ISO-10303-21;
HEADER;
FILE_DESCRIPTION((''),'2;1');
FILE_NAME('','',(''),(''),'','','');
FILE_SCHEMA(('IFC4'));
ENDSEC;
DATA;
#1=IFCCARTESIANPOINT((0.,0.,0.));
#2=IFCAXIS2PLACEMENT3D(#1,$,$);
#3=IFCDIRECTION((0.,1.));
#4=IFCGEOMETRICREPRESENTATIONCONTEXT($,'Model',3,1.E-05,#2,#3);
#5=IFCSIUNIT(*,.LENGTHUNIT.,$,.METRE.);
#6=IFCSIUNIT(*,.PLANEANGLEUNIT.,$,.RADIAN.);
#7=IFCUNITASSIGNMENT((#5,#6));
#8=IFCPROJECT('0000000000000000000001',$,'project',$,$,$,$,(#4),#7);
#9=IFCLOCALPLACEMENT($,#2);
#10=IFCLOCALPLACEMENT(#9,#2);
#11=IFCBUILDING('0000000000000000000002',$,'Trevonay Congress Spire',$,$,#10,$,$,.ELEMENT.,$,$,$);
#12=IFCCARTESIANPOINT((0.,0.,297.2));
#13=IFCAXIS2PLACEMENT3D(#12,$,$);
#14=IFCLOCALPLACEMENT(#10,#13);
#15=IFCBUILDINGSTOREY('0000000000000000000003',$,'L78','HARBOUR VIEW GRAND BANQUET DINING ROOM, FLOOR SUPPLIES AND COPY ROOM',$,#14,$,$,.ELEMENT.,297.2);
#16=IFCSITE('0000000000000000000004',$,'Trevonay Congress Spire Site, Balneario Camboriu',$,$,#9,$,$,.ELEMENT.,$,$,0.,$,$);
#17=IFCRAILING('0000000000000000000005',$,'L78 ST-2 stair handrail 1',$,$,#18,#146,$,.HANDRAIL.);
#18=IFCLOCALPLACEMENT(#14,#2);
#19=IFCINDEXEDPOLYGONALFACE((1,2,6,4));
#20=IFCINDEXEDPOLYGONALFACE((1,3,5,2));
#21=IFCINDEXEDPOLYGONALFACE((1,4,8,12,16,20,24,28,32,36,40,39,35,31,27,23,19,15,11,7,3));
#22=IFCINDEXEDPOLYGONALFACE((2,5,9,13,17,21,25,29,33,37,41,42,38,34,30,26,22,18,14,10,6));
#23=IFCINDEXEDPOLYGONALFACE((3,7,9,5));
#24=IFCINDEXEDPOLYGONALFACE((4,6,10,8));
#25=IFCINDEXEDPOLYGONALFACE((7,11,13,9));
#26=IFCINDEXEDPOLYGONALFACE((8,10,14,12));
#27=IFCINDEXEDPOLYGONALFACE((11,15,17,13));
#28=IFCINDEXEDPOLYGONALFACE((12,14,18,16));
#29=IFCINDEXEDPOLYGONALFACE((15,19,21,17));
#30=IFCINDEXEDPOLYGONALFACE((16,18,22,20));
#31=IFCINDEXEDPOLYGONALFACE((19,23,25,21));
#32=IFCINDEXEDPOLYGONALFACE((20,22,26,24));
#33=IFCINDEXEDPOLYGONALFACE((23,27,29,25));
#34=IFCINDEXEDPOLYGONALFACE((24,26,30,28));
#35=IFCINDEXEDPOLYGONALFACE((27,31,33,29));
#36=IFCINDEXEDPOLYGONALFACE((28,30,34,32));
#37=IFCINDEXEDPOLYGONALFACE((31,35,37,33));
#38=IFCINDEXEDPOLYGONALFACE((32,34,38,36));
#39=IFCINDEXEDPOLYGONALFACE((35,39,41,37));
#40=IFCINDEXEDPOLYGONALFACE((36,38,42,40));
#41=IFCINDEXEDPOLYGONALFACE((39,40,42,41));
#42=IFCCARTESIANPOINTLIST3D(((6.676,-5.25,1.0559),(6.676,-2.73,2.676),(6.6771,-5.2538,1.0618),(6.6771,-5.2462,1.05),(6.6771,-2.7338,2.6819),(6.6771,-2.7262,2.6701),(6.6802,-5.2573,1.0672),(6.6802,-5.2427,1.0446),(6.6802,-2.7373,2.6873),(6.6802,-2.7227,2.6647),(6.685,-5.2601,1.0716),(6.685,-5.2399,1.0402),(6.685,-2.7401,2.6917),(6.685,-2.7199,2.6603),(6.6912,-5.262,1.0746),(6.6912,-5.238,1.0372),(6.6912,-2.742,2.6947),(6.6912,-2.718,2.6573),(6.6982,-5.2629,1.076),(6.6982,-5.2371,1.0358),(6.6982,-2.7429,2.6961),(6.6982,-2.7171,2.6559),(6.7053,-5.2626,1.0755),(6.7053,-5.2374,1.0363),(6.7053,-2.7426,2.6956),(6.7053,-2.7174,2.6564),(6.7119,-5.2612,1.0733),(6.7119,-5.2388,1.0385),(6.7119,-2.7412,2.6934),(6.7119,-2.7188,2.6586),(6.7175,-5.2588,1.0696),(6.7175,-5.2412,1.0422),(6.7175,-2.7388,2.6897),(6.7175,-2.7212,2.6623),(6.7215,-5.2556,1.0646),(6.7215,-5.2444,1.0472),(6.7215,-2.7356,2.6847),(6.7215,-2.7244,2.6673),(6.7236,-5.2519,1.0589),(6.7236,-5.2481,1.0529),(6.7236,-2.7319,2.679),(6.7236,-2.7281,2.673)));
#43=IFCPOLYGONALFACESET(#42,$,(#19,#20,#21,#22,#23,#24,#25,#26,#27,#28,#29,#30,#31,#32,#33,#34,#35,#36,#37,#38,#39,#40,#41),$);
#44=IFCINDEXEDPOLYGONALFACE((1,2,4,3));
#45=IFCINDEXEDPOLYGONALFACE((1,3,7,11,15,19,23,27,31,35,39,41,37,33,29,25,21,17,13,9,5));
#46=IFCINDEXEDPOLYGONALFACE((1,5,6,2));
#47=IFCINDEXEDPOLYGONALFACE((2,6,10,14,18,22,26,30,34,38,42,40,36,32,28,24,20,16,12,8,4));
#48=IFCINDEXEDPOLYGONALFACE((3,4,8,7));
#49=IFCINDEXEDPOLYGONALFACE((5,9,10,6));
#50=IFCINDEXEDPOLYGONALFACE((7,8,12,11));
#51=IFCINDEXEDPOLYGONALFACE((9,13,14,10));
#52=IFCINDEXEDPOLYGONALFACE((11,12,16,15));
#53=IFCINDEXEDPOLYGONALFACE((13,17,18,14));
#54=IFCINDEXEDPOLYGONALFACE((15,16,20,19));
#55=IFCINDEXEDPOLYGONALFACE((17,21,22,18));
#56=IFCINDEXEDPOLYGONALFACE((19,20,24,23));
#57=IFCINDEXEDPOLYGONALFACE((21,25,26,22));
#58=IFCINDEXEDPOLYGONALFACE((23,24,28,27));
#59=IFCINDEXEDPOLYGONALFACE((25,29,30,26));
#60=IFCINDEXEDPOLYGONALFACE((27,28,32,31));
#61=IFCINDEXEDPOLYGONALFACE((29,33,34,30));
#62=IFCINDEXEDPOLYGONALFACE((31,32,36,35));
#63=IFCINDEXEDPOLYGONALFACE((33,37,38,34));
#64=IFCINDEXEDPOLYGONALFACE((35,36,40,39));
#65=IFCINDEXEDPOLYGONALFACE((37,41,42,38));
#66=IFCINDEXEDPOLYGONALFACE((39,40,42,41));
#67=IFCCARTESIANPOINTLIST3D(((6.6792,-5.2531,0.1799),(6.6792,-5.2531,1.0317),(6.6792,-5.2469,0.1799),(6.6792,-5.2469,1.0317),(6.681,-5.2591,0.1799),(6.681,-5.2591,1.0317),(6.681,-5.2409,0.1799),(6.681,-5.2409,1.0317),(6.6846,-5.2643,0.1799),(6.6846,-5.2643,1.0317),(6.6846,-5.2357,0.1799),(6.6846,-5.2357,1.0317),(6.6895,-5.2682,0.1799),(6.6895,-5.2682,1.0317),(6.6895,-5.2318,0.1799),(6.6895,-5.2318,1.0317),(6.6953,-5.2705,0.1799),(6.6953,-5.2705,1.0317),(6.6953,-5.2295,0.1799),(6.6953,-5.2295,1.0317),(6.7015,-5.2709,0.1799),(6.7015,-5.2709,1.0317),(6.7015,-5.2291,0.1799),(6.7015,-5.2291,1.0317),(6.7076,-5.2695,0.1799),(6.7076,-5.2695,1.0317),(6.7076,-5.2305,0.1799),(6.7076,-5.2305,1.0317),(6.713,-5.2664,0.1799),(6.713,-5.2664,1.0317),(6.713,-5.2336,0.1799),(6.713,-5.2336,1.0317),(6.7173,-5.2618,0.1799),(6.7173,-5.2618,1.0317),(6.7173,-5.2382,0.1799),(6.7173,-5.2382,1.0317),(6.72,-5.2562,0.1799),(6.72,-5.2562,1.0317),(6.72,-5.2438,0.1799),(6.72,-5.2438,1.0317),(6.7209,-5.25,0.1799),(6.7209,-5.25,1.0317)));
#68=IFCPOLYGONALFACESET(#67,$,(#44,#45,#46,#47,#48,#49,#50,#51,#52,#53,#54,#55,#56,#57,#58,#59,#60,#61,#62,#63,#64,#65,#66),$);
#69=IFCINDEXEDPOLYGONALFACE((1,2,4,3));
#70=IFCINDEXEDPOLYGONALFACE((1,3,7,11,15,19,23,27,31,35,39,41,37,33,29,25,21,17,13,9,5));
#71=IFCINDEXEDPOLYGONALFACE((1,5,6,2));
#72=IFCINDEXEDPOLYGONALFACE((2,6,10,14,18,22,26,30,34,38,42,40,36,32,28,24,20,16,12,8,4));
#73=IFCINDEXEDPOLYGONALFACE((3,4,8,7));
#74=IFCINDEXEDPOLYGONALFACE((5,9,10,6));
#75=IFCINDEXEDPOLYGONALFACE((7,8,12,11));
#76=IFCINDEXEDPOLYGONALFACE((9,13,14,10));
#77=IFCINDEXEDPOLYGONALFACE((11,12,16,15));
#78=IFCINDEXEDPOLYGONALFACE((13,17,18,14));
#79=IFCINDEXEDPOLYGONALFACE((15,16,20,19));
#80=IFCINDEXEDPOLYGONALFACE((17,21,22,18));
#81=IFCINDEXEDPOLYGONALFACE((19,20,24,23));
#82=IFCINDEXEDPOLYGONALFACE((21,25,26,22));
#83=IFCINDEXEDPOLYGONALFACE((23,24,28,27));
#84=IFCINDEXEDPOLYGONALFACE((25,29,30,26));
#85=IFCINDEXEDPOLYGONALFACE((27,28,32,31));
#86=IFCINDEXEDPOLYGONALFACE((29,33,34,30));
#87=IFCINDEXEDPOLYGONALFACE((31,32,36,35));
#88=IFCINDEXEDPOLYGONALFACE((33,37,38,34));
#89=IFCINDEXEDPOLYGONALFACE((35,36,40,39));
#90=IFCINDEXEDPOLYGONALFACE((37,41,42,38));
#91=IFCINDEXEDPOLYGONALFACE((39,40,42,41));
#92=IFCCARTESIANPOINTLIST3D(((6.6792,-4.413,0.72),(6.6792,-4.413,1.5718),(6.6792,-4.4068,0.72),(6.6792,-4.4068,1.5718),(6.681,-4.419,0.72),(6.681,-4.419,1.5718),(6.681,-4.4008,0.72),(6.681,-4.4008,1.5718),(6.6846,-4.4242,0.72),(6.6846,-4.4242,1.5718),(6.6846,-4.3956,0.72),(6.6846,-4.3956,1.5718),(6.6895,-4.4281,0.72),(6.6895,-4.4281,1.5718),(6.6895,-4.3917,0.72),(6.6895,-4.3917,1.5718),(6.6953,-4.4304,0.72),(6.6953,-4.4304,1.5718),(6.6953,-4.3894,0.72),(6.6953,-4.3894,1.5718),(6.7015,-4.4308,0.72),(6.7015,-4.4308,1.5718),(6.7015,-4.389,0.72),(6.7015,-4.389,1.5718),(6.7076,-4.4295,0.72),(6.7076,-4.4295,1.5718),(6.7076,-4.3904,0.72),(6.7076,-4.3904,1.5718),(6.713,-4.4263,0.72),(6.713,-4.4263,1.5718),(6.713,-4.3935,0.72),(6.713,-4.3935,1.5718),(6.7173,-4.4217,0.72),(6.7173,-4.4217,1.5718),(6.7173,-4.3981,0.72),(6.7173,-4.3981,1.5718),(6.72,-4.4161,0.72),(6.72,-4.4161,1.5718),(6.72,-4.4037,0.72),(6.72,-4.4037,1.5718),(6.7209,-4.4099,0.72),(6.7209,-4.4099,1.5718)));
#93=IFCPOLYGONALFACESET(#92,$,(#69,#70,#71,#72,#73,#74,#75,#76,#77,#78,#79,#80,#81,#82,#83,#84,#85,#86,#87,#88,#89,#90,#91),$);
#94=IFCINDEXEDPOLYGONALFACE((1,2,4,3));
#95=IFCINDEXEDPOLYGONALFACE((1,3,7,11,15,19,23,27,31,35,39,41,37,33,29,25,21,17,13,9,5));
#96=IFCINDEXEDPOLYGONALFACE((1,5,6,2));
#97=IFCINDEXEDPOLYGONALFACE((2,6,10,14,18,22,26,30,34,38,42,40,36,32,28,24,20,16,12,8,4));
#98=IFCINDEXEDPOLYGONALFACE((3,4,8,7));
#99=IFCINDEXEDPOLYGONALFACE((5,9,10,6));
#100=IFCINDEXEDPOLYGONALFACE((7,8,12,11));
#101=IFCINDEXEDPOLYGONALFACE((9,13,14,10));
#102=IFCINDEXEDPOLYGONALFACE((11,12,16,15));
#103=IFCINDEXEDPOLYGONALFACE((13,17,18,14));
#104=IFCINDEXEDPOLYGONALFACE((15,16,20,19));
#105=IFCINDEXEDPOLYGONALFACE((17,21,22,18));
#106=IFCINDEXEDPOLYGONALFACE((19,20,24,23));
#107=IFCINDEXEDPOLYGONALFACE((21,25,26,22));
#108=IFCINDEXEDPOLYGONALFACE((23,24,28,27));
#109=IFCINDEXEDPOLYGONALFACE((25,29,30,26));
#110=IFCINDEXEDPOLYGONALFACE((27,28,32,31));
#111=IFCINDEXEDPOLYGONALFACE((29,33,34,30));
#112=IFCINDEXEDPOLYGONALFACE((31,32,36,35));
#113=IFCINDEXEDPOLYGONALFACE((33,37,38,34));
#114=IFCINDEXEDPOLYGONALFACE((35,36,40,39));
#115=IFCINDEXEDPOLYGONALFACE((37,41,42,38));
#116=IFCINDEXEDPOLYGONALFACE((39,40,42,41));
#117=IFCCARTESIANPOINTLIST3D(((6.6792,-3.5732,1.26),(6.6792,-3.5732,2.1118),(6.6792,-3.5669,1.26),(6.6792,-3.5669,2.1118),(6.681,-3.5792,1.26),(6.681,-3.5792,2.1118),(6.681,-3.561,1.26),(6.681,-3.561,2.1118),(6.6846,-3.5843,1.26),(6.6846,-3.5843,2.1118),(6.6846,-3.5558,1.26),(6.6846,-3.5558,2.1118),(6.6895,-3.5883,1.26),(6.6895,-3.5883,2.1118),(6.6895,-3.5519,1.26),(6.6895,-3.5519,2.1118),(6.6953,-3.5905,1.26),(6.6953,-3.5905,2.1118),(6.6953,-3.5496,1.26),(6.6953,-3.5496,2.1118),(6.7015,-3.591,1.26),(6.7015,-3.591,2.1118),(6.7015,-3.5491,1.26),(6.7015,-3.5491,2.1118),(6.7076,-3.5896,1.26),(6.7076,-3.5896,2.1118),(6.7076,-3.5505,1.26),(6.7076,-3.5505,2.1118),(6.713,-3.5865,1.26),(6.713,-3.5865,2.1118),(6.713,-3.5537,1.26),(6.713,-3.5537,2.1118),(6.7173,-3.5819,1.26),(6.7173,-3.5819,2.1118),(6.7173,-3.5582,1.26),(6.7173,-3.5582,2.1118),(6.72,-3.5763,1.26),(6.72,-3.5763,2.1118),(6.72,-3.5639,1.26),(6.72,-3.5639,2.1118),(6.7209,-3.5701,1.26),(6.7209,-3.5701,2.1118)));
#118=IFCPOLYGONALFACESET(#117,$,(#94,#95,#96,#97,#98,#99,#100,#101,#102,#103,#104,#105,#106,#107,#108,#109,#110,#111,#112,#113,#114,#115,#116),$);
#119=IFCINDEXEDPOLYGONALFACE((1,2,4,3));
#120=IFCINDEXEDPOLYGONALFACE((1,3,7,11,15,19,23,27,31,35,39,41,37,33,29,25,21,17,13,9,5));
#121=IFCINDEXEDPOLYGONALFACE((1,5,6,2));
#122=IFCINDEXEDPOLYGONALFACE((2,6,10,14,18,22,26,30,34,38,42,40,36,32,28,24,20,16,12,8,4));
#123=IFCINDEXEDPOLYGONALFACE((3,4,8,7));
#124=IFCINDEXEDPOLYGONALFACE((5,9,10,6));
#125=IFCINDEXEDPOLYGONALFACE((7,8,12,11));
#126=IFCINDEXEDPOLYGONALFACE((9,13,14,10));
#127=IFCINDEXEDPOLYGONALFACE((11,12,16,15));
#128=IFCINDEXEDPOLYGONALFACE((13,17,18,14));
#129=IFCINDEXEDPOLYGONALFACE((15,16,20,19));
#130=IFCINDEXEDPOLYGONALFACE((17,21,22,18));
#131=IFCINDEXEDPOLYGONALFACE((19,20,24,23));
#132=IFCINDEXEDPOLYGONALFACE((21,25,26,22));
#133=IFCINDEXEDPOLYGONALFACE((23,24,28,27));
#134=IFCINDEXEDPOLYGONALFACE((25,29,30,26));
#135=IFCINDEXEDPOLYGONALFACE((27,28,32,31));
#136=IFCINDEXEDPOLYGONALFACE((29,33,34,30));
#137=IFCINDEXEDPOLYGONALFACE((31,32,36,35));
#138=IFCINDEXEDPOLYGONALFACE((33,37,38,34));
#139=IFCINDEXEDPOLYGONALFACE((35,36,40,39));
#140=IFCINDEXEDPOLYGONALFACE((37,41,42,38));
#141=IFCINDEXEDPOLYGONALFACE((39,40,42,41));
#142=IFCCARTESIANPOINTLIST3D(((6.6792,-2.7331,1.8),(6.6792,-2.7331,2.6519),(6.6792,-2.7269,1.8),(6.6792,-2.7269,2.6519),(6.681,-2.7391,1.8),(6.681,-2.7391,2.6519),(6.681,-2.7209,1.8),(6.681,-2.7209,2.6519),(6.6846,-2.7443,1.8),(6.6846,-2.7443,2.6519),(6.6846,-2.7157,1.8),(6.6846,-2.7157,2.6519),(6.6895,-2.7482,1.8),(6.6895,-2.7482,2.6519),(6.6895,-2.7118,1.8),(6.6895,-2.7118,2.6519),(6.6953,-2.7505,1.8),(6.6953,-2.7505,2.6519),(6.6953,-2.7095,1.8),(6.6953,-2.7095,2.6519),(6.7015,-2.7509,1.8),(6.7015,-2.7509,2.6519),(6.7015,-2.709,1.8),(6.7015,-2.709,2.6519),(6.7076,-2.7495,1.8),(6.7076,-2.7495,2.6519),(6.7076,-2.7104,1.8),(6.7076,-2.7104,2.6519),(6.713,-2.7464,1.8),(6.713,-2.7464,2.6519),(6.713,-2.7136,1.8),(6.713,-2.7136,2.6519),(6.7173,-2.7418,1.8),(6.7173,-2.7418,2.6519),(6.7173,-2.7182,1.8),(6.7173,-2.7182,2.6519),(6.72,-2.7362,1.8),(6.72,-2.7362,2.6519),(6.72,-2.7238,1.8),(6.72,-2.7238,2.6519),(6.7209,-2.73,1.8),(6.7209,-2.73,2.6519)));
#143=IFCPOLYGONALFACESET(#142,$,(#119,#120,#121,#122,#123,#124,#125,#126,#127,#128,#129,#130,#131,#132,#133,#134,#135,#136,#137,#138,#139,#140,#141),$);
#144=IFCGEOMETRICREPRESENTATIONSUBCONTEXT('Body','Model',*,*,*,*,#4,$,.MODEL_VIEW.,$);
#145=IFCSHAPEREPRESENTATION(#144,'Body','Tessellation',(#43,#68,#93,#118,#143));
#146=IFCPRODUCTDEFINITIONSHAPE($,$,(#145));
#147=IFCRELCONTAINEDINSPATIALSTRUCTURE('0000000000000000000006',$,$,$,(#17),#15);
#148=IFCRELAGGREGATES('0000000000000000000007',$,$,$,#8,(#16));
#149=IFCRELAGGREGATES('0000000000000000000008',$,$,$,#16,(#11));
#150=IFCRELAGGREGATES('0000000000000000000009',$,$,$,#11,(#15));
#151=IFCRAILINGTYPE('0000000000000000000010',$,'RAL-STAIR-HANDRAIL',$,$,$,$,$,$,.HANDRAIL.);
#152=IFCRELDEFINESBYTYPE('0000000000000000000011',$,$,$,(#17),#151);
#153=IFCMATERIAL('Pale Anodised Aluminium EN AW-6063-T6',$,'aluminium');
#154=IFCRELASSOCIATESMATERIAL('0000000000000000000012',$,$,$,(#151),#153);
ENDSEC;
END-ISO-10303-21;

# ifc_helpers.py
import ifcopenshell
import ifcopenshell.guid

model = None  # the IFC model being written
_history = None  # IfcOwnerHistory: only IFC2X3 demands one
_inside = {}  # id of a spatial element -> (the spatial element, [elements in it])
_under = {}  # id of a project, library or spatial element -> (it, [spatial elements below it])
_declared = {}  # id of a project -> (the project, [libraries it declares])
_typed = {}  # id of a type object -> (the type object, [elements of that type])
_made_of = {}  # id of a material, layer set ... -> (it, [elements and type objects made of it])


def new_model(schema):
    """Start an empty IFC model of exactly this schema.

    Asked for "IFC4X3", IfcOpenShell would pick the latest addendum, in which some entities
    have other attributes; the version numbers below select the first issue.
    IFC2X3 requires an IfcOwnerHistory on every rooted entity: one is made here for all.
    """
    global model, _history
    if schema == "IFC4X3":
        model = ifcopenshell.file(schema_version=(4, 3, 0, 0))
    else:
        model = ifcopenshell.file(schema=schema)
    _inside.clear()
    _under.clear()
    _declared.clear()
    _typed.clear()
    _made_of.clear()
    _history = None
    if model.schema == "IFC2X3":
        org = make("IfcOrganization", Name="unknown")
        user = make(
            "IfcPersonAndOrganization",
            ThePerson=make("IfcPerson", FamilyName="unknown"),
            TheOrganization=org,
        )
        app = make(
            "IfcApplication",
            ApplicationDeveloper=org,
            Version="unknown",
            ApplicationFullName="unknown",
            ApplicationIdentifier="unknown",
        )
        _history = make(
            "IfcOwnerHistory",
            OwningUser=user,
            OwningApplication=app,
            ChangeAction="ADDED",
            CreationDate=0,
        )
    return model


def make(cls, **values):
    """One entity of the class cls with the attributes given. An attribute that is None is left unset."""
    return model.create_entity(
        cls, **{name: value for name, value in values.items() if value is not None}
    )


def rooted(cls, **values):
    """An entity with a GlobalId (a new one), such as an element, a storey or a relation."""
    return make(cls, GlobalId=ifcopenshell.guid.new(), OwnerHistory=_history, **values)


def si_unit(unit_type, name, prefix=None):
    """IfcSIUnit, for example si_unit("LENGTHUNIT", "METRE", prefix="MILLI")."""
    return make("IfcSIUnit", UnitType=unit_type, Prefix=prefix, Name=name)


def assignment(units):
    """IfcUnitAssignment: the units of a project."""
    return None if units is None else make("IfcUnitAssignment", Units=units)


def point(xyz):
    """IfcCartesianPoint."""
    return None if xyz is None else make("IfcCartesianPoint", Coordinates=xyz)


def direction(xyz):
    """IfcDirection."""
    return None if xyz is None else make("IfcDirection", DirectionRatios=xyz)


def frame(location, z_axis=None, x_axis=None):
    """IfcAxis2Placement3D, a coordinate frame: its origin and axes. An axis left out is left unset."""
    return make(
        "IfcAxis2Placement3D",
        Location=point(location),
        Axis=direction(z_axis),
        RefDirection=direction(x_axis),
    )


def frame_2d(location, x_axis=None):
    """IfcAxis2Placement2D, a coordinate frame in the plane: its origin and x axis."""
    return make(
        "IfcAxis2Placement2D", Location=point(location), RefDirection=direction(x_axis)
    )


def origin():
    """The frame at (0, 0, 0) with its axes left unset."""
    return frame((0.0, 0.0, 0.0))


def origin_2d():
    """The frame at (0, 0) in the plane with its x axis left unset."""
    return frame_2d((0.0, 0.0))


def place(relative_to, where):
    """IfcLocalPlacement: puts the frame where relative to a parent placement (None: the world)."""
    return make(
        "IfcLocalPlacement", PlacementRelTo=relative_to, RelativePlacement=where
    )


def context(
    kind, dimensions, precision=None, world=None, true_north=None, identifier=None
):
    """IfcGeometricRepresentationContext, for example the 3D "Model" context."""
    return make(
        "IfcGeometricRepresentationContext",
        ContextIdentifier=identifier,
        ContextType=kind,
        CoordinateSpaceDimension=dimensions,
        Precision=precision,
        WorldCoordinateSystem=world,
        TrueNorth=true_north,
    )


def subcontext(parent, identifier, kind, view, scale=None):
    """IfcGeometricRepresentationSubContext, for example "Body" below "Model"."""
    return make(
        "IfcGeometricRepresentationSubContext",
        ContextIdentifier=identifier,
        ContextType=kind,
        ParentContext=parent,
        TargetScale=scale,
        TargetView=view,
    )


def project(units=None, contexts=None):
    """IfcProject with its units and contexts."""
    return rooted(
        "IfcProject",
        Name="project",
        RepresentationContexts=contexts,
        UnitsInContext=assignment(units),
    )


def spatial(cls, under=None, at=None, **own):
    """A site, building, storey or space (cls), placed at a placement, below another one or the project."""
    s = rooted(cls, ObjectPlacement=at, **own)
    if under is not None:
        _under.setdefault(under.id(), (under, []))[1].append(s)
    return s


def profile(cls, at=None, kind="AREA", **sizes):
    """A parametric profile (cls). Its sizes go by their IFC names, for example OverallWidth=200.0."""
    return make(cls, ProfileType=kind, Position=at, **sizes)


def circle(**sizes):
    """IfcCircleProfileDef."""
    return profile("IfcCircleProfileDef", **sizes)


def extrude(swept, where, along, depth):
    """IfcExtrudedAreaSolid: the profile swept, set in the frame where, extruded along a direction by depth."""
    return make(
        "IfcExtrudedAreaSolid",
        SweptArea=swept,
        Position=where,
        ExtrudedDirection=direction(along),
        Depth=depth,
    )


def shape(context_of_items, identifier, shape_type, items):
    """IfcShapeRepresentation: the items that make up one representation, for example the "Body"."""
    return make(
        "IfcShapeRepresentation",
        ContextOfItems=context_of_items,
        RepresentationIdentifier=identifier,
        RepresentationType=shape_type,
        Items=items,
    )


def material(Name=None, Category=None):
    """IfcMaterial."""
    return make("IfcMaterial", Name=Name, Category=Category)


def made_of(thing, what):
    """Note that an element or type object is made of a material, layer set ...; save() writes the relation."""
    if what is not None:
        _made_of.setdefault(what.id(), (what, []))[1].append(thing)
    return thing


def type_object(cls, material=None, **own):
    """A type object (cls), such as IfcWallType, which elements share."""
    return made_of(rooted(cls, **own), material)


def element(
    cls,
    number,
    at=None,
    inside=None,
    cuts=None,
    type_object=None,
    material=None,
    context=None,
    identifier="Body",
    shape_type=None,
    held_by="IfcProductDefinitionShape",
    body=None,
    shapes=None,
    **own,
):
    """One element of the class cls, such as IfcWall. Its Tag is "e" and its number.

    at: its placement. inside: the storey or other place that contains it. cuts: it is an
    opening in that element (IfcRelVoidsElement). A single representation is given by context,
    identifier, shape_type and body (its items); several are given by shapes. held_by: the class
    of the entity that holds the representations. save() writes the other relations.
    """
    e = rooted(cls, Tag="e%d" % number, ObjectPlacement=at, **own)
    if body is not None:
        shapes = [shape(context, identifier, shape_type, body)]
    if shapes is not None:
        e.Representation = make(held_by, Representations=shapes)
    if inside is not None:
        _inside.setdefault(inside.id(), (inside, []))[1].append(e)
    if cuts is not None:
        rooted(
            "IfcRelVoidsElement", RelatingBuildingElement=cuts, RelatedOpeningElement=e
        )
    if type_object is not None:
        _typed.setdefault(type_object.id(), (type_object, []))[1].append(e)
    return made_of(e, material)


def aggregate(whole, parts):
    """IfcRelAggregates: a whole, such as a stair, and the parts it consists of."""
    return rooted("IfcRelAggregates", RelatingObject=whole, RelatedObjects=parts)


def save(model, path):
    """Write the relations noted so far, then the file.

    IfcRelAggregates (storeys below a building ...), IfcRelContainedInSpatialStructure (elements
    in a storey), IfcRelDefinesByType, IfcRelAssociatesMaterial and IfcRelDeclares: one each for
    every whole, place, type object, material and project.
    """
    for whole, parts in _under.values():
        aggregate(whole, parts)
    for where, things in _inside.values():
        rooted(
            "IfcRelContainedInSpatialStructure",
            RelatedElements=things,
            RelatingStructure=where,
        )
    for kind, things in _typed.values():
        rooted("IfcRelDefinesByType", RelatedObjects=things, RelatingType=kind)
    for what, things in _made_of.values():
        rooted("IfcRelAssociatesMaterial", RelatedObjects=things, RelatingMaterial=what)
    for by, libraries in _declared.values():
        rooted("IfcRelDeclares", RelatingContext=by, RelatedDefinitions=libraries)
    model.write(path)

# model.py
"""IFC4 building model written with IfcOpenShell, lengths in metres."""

from ifc_helpers import new_model, si_unit, direction, frame, origin, origin_2d, place, context, subcontext, project, spatial, circle, extrude, material, type_object, element, save


model = new_model("IFC4")

# Units and contexts
model_context = context("Model", 3, precision=1e-05, world=origin(), true_north=direction((0.0, 1.0)))
body_context = subcontext(model_context, "Body", "Model", "MODEL_VIEW")
ifc_project = project(units=[si_unit("LENGTHUNIT", "METRE"), si_unit("PLANEANGLEUNIT", "RADIAN")], contexts=[model_context])

# Site, building, storey
site_placement = place(None, origin())
site = spatial("IfcSite", under=ifc_project, at=site_placement, Name="Trevonay Congress Spire Site, Balneario Camboriu", CompositionType="ELEMENT", RefElevation=0.0)
building_placement = place(site_placement, origin())
building = spatial("IfcBuilding", under=site, at=building_placement, Name="Trevonay Congress Spire", CompositionType="ELEMENT")
storey_placement = place(building_placement, frame((0.0, 0.0, 297.2)))
storey = spatial("IfcBuildingStorey", under=building, at=storey_placement, Name="L78", Description="HARBOUR VIEW GRAND BANQUET DINING ROOM, FLOOR SUPPLIES AND COPY ROOM", CompositionType="ELEMENT", Elevation=297.2)

# Shared definitions
ifc_material_1 = material(Name="Pale Anodised Aluminium EN AW-6063-T6", Category="aluminium")

# Railing
railing_type_1 = type_object("IfcRailingType", Name="RAL-STAIR-HANDRAIL", PredefinedType="HANDRAIL", material=ifc_material_1)
railing_1_placement = place(storey_placement, frame((6.7, -5.25, 0.1799)))
element("IfcRailing", 1, at=railing_1_placement, inside=storey, type_object=railing_type_1, Name="L78 ST-2 stair handrail 1", PredefinedType="HANDRAIL", context=body_context, shape_type="SweptSolid", body=[
    extrude(circle(Radius=0.0239, at=origin_2d()), frame((0.0, 0.0, 0.876), z_axis=(0.0, 0.841163, 0.540782), x_axis=(-1.0, 0.0, 0.0)), (0.0, 0.0, 1.0), 2.9958),
    extrude(circle(Radius=0.021, at=origin_2d()), origin(), (0.0, 0.0, 1.0), 0.8518),
    extrude(circle(Radius=0.021, at=origin_2d()), frame((0.0, 0.8401, 0.54)), (0.0, 0.0, 1.0), 0.8518),
    extrude(circle(Radius=0.021, at=origin_2d()), frame((0.0, 1.6799, 1.0801)), (0.0, 0.0, 1.0), 0.8518),
    extrude(circle(Radius=0.021, at=origin_2d()), frame((0.0, 2.52, 1.6201)), (0.0, 0.0, 1.0), 0.8518),
])

save(model, "model.ifc")
